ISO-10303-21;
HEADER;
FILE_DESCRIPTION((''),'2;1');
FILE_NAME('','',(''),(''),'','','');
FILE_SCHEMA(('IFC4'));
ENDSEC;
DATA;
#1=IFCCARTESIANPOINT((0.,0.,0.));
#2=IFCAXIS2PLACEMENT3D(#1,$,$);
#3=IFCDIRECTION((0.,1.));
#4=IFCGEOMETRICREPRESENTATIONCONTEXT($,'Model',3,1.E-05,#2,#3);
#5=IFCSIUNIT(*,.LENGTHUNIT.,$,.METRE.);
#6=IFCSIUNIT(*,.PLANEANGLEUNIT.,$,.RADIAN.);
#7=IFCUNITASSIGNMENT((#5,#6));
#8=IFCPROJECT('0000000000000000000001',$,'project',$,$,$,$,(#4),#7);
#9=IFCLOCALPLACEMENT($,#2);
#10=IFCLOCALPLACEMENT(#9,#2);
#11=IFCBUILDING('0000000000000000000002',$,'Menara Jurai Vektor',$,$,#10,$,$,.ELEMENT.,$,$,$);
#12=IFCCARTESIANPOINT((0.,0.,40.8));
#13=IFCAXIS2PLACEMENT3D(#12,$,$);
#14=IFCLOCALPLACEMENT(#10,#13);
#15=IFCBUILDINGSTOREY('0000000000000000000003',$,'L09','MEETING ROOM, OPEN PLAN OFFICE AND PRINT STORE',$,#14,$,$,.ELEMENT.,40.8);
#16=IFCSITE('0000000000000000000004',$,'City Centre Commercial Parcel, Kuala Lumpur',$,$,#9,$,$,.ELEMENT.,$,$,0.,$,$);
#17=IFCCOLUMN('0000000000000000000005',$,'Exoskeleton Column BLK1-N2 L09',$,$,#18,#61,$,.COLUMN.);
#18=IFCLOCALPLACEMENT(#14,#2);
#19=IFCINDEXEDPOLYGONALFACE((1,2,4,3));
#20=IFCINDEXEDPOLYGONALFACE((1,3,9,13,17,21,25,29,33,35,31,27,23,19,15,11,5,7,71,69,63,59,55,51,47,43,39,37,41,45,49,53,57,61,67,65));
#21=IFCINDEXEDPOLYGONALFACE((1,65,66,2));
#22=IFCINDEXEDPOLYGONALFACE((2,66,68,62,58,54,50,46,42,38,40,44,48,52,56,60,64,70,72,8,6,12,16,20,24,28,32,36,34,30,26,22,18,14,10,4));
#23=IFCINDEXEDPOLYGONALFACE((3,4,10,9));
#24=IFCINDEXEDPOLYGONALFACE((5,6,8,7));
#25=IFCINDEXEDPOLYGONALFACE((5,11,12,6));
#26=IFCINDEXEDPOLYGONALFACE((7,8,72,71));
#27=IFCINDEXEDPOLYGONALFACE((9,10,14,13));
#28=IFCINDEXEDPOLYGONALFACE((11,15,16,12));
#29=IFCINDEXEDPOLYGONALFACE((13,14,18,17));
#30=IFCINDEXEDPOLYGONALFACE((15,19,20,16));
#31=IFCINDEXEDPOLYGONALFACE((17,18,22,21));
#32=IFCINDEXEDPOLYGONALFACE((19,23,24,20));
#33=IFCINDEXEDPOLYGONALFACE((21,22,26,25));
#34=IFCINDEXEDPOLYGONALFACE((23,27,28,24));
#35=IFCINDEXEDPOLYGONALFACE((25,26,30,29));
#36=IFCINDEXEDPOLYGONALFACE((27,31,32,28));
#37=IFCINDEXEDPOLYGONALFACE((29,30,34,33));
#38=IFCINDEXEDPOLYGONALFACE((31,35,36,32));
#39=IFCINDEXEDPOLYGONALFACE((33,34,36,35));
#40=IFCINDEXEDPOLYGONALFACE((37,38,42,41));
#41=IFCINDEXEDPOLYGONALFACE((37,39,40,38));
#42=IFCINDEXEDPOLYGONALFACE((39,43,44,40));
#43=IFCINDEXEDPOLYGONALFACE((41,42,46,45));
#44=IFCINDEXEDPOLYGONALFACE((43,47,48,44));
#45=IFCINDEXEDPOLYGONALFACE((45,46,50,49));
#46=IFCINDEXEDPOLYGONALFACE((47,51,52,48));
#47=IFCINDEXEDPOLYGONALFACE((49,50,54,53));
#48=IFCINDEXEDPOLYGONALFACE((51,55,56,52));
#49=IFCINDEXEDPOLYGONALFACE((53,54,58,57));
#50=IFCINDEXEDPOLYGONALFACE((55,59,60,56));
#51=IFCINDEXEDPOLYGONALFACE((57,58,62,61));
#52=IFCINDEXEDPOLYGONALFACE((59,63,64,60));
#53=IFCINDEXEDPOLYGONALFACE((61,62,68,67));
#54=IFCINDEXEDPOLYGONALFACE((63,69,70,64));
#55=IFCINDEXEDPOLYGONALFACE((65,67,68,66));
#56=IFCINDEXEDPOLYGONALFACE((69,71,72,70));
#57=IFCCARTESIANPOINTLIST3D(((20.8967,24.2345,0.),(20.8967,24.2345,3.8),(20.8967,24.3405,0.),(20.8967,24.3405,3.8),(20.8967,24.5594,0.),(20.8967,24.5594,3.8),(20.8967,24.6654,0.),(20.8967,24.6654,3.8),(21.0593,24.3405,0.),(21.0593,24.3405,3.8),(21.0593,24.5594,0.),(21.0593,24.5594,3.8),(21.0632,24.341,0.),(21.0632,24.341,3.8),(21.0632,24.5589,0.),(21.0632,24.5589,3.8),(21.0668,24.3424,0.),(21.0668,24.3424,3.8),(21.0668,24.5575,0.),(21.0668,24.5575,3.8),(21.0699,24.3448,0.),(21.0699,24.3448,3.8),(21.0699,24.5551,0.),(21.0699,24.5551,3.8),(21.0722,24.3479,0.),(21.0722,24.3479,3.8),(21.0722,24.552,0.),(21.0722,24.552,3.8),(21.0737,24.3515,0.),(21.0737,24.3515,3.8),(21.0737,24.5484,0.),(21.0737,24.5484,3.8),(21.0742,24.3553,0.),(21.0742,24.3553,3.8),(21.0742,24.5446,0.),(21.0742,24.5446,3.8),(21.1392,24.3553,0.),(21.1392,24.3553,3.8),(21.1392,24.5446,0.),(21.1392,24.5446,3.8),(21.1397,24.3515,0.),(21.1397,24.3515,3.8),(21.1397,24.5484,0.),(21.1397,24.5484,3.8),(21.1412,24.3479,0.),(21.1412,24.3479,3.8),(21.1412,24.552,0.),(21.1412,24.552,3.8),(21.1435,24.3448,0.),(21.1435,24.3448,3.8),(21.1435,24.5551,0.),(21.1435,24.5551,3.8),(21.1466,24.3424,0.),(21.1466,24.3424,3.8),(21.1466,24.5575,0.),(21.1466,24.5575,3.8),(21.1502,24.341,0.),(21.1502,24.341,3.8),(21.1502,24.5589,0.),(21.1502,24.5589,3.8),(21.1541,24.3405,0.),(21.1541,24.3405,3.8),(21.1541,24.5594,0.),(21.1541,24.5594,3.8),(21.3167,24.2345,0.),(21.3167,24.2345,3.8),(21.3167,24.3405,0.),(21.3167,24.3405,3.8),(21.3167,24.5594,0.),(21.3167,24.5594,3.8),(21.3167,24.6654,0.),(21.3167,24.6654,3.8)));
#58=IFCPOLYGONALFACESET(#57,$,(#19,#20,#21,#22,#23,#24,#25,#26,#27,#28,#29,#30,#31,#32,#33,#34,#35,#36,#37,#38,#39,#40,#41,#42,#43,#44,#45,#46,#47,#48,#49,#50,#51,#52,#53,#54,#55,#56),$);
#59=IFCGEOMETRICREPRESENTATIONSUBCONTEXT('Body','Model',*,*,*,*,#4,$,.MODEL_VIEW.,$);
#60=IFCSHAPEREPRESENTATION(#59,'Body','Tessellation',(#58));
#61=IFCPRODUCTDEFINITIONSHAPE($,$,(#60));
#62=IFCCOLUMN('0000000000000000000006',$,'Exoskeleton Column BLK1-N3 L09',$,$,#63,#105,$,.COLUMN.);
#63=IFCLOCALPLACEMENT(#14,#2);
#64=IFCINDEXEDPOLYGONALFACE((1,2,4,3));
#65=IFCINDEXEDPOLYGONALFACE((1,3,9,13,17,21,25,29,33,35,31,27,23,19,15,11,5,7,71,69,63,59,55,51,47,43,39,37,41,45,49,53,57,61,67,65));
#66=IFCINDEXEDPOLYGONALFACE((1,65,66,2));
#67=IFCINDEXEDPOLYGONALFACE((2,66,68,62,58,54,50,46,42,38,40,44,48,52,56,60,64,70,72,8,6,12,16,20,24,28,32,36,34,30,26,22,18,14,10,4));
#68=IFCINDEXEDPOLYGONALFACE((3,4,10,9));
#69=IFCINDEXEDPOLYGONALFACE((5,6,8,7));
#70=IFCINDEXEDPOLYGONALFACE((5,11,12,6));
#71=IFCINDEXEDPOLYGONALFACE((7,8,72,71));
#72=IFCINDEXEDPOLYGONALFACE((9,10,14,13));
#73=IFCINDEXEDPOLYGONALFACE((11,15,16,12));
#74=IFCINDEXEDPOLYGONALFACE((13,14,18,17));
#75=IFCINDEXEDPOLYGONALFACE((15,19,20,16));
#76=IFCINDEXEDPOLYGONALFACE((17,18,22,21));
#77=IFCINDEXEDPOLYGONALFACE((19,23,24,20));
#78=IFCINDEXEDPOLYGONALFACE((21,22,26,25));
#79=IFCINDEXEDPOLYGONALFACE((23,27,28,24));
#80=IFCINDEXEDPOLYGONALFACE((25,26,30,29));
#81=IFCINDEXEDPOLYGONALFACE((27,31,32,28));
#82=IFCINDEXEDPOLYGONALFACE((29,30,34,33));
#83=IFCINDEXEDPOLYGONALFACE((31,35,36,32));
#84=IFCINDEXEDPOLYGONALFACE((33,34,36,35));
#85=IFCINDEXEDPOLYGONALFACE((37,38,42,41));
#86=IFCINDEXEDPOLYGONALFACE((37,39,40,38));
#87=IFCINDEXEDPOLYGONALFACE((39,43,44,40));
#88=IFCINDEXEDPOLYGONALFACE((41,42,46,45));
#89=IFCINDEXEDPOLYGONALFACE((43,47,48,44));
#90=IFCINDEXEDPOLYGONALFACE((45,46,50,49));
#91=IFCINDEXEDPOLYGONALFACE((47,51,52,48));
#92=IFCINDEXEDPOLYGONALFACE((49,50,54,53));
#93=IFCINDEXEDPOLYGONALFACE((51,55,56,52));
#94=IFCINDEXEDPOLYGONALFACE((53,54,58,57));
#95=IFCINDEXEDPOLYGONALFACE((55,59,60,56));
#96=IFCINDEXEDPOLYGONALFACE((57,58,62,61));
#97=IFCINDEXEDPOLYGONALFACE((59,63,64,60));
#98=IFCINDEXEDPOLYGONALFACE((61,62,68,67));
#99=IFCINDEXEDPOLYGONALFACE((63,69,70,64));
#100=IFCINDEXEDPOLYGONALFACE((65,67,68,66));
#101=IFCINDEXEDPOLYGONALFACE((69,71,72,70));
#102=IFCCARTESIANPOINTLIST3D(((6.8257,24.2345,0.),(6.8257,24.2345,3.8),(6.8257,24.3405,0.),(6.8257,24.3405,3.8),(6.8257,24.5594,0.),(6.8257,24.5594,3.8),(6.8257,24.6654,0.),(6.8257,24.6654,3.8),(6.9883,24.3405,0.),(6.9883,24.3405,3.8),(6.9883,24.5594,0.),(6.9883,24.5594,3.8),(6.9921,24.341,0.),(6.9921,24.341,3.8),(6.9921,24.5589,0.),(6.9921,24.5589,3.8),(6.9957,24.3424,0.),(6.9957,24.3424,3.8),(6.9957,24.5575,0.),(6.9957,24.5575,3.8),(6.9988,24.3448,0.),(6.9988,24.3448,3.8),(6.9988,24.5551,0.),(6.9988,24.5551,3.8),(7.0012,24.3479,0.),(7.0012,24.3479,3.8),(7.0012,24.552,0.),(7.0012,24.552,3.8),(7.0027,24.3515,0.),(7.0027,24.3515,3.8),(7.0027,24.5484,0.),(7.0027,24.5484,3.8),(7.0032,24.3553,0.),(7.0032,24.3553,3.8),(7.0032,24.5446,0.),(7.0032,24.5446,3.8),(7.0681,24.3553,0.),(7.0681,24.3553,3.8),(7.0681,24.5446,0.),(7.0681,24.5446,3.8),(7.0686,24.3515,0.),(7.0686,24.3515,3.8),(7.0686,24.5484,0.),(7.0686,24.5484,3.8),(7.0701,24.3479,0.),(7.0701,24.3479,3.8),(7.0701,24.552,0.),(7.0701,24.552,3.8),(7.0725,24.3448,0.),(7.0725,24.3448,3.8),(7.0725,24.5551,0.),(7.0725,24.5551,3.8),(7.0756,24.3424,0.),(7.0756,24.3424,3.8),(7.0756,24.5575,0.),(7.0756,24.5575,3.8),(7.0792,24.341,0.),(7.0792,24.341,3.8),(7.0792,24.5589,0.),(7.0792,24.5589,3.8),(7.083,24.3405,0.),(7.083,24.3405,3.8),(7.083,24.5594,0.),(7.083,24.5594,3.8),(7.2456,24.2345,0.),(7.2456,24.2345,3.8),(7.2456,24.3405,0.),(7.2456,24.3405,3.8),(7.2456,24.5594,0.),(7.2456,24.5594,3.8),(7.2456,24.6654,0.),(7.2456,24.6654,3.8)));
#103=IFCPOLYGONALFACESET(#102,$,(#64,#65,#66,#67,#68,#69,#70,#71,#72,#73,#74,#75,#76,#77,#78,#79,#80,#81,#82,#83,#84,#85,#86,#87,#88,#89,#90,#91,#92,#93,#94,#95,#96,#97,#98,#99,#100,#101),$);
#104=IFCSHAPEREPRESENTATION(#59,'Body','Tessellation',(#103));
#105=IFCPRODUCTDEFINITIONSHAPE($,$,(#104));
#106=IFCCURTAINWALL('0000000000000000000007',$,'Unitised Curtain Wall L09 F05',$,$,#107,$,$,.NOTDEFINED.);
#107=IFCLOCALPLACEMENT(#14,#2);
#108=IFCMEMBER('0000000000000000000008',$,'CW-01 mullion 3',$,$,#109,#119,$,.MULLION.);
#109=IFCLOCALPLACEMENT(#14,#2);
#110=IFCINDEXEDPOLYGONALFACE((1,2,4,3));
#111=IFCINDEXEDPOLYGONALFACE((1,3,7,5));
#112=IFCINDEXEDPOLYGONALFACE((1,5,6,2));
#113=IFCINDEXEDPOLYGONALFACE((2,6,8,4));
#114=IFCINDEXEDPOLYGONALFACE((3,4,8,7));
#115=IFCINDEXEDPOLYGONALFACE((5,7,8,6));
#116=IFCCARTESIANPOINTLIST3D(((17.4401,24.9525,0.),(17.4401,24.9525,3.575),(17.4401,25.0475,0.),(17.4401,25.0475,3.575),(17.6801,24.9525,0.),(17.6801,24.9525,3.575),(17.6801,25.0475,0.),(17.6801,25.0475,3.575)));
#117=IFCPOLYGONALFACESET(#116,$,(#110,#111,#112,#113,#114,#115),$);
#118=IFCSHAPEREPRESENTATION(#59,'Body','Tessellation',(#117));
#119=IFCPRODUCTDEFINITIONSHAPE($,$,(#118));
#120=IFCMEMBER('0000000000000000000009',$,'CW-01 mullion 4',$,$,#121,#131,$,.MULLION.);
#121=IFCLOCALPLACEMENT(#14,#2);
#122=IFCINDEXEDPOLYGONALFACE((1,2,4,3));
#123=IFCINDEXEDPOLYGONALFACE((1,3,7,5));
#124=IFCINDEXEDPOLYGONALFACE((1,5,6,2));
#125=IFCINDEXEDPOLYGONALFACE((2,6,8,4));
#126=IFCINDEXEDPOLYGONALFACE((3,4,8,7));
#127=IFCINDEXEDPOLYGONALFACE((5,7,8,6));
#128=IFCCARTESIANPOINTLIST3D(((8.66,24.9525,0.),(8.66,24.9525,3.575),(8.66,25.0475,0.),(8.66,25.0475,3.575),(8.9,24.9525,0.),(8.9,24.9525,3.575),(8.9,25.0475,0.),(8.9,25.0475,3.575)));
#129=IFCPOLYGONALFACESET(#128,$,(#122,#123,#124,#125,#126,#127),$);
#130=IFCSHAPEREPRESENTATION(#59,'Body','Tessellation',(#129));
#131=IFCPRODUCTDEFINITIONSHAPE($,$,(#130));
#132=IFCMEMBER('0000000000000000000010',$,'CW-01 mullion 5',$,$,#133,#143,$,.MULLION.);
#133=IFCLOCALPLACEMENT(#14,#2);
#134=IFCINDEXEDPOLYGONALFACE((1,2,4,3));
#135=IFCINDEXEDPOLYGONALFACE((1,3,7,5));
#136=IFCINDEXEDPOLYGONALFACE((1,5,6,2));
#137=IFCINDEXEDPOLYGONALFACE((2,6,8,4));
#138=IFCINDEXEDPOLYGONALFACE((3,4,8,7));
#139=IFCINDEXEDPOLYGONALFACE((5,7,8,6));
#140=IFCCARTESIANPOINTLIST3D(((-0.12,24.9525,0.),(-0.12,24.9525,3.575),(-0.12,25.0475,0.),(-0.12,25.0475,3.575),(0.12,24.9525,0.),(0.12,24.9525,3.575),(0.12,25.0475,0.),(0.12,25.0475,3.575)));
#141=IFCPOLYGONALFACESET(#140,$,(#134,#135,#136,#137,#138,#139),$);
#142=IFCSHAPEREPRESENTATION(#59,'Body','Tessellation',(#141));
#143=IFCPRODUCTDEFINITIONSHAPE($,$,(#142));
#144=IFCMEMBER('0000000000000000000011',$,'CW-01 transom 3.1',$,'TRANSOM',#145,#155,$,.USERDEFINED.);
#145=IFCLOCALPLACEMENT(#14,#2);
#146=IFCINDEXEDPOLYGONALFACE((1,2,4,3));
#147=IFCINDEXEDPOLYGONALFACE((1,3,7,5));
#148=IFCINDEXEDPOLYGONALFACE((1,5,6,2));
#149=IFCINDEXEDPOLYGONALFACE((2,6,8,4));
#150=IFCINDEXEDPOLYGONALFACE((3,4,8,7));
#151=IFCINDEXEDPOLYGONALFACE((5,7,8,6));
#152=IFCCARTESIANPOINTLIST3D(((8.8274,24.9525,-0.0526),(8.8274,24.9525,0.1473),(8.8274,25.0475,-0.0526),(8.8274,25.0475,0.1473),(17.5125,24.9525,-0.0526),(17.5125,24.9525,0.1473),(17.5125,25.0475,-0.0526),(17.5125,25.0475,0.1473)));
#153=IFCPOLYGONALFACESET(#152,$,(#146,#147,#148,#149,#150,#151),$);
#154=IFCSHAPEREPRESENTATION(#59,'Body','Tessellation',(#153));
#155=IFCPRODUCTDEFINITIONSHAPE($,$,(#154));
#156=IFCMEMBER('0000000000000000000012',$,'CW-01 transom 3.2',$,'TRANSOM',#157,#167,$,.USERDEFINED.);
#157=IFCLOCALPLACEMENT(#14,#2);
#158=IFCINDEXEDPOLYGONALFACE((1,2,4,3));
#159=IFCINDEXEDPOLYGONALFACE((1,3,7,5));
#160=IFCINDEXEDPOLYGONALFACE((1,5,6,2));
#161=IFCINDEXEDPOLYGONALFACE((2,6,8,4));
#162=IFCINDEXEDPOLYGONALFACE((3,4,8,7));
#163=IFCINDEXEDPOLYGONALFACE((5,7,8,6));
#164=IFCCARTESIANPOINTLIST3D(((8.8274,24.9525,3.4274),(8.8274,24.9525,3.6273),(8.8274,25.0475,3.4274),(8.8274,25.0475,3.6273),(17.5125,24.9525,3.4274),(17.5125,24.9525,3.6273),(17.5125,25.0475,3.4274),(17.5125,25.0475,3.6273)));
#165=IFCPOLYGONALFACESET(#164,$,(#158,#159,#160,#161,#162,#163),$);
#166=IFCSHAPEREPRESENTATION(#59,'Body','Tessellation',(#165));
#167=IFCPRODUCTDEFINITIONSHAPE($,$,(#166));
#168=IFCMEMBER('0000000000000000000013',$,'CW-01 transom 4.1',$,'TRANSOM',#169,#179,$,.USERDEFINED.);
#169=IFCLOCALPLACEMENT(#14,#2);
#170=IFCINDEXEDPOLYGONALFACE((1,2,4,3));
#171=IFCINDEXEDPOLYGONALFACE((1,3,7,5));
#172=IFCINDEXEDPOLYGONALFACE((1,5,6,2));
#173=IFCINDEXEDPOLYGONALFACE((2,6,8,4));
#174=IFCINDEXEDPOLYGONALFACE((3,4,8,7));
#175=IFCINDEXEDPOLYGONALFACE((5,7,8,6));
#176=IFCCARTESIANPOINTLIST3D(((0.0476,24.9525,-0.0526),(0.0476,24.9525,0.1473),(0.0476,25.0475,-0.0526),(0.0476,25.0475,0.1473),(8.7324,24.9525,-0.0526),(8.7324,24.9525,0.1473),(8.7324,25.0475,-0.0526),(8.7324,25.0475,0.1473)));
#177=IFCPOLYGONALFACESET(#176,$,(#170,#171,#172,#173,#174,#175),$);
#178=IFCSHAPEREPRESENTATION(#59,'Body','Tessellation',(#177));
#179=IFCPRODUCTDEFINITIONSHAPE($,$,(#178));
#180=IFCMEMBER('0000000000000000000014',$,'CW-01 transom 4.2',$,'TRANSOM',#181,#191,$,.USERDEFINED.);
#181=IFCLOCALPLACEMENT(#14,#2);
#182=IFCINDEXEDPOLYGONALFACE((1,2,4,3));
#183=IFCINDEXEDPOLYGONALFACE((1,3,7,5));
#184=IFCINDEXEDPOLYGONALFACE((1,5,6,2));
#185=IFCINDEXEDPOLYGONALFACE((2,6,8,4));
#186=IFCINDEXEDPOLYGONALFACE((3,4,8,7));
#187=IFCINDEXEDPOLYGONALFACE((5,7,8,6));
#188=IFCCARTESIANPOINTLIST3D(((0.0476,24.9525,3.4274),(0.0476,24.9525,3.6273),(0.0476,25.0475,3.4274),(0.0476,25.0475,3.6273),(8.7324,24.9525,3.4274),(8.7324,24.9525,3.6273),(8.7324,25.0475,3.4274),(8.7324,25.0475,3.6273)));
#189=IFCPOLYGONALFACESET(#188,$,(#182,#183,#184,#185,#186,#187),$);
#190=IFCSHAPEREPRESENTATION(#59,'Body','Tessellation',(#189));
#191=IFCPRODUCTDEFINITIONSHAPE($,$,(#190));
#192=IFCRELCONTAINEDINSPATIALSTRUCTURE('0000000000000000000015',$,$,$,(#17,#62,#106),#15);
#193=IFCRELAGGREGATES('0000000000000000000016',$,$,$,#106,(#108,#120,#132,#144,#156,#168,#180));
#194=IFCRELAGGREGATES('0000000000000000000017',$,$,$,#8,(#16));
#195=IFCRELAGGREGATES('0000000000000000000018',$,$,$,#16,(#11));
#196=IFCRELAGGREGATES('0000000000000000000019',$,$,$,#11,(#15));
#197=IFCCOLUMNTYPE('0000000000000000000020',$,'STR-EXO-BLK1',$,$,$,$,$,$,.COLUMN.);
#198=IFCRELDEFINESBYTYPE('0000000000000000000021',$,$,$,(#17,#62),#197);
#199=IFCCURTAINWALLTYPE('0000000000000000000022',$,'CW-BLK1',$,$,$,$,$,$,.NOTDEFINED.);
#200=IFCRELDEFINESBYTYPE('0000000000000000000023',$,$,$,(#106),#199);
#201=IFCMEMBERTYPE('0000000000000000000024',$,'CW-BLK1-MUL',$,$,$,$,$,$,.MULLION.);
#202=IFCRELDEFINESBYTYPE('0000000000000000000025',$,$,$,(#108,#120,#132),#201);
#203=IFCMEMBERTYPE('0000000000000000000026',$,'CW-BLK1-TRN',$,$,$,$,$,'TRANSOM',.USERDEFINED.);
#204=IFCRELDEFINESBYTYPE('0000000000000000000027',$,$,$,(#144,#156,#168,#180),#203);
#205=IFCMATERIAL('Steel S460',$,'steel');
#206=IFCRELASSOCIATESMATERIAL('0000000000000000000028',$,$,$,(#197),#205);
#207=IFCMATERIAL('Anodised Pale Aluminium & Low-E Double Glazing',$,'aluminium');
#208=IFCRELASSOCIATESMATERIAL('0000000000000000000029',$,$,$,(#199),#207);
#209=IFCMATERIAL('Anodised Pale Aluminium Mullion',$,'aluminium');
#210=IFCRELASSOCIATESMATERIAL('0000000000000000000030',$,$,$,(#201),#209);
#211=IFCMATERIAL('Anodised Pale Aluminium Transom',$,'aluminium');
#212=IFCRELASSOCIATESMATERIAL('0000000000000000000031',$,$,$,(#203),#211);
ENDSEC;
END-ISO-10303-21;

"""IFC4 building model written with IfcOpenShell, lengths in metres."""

from ifc_helpers import new_model, si_unit, direction, frame, origin, origin_2d, place, context, subcontext, project, spatial, rectangle, i_section, extrude, material, material_profile, profile_set, type_object, element, aggregate, save


model = new_model("IFC4")

# Units and contexts
model_context = context("Model", 3, precision=1e-05, world=origin(), true_north=direction((0.0, 1.0)))
body_context = subcontext(model_context, "Body", "Model", "MODEL_VIEW")
ifc_project = project(units=[si_unit("LENGTHUNIT", "METRE"), si_unit("PLANEANGLEUNIT", "RADIAN")], contexts=[model_context])

# Site, building, storey
site_placement = place(None, origin())
site = spatial("IfcSite", under=ifc_project, at=site_placement, Name="City Centre Commercial Parcel, Kuala Lumpur", CompositionType="ELEMENT", RefElevation=0.0)
building_placement = place(site_placement, origin())
building = spatial("IfcBuilding", under=site, at=building_placement, Name="Menara Jurai Vektor", CompositionType="ELEMENT")
storey_placement = place(building_placement, frame((0.0, 0.0, 40.8)))
storey = spatial("IfcBuildingStorey", under=building, at=storey_placement, Name="L09", Description="MEETING ROOM, OPEN PLAN OFFICE AND PRINT STORE", CompositionType="ELEMENT", Elevation=40.8)

# Columns
ifc_material_1 = material(Name="Steel S460", Category="steel")
ifc_material_profile_1 = material_profile(ifc_material_1, i_section(OverallWidth=0.4199, OverallDepth=0.4309, WebThickness=0.0649, FlangeThickness=0.106, FilletRadius=0.0149, at=origin_2d()), Name="HD 400x900")
ifc_profile_set_1 = profile_set([ifc_material_profile_1], Name="Steel S460")
column_type = type_object("IfcColumnType", Name="STR-EXO-BLK1", PredefinedType="COLUMN", material=ifc_profile_set_1)
for number, where, z_axis, x_axis, name in (
    (1, (21.1067, 24.45, 0.0), (0.0, 0.0, 1.0), (1.0, 0.0, 0.0), "Exoskeleton Column BLK1-N2 L09"),
    (2, (7.0356, 24.45, 0.0), (0.0, 0.0, 1.0), (1.0, 0.0, 0.0), "Exoskeleton Column BLK1-N3 L09"),
):
    element("IfcColumn", number, at=place(storey_placement, frame(where, z_axis=z_axis, x_axis=x_axis)), inside=storey, type_object=column_type, Name=name, PredefinedType="COLUMN", context=body_context, shape_type="SweptSolid", body=[
        extrude(i_section(OverallWidth=0.4199, OverallDepth=0.4309, WebThickness=0.0649, FlangeThickness=0.106, FilletRadius=0.0149, at=origin_2d()), origin(), (0.0, 0.0, 1.0), 3.8),
    ])

# Curtain wall, members
ifc_material_2 = material(Name="Anodised Pale Aluminium & Low-E Double Glazing", Category="aluminium")
curtain_wall_type = type_object("IfcCurtainWallType", Name="CW-BLK1", PredefinedType="NOTDEFINED", material=ifc_material_2)
curtain_wall_placement = place(storey_placement, origin())
curtain_wall = element("IfcCurtainWall", 3, at=curtain_wall_placement, inside=storey, type_object=curtain_wall_type, Name="Unitised Curtain Wall L09 F05", PredefinedType="NOTDEFINED")
ifc_material_3 = material(Name="Anodised Pale Aluminium Mullion", Category="aluminium")
ifc_material_profile_2 = material_profile(ifc_material_3, rectangle(XDim=0.095, YDim=0.24, at=origin_2d()), Name="ALU MUL 95x240")
ifc_profile_set_2 = profile_set([ifc_material_profile_2], Name="Anodised Pale Aluminium Mullion")
member_type_1 = type_object("IfcMemberType", Name="CW-BLK1-MUL", PredefinedType="MULLION", material=ifc_profile_set_2)
member_1_placement = place(storey_placement, frame((17.5601, 25.0, 0.0), z_axis=(0.0, 0.0, 1.0), x_axis=(0.0, -1.0, 0.0)))
member_1 = element("IfcMember", 4, at=member_1_placement, type_object=member_type_1, Name="CW-01 mullion 3", PredefinedType="MULLION", context=body_context, shape_type="SweptSolid", body=[
    extrude(rectangle(XDim=0.095, YDim=0.24, at=origin_2d()), origin(), (0.0, 0.0, 1.0), 3.575),
])
member_2_placement = place(storey_placement, frame((8.78, 25.0, 0.0), z_axis=(0.0, 0.0, 1.0), x_axis=(0.0, -1.0, 0.0)))
member_2 = element("IfcMember", 5, at=member_2_placement, type_object=member_type_1, Name="CW-01 mullion 4", PredefinedType="MULLION", context=body_context, shape_type="SweptSolid", body=[
    extrude(rectangle(XDim=0.095, YDim=0.24, at=origin_2d()), origin(), (0.0, 0.0, 1.0), 3.575),
])
member_3_placement = place(storey_placement, frame((0.0, 25.0, 0.0), z_axis=(0.0, 0.0, 1.0), x_axis=(0.0, -1.0, 0.0)))
member_3 = element("IfcMember", 6, at=member_3_placement, type_object=member_type_1, Name="CW-01 mullion 5", PredefinedType="MULLION", context=body_context, shape_type="SweptSolid", body=[
    extrude(rectangle(XDim=0.095, YDim=0.24, at=origin_2d()), origin(), (0.0, 0.0, 1.0), 3.575),
])
ifc_material_4 = material(Name="Anodised Pale Aluminium Transom", Category="aluminium")
ifc_material_profile_3 = material_profile(ifc_material_4, rectangle(XDim=0.095, YDim=0.2, at=origin_2d()), Name="ALU TRN 95x200")
ifc_profile_set_3 = profile_set([ifc_material_profile_3], Name="Anodised Pale Aluminium Transom")
member_type_2 = type_object("IfcMemberType", Name="CW-BLK1-TRN", ElementType="TRANSOM", PredefinedType="USERDEFINED", material=ifc_profile_set_3)
member_4_placement = place(storey_placement, frame((17.5125, 25.0, 0.0474), z_axis=(-1.0, 0.0, 0.0), x_axis=(0.0, -1.0, 0.0)))
member_4 = element("IfcMember", 7, at=member_4_placement, type_object=member_type_2, Name="CW-01 transom 3.1", ObjectType="TRANSOM", PredefinedType="USERDEFINED", context=body_context, shape_type="SweptSolid", body=[
    extrude(rectangle(XDim=0.095, YDim=0.2, at=origin_2d()), origin(), (0.0, 0.0, 1.0), 8.6851),
])
member_5_placement = place(storey_placement, frame((17.5125, 25.0, 3.5273), z_axis=(-1.0, 0.0, 0.0), x_axis=(0.0, -1.0, 0.0)))
member_5 = element("IfcMember", 8, at=member_5_placement, type_object=member_type_2, Name="CW-01 transom 3.2", ObjectType="TRANSOM", PredefinedType="USERDEFINED", context=body_context, shape_type="SweptSolid", body=[
    extrude(rectangle(XDim=0.095, YDim=0.2, at=origin_2d()), origin(), (0.0, 0.0, 1.0), 8.6851),
])
member_6_placement = place(storey_placement, frame((8.7324, 25.0, 0.0474), z_axis=(-1.0, 0.0, 0.0), x_axis=(0.0, -1.0, 0.0)))
member_6 = element("IfcMember", 9, at=member_6_placement, type_object=member_type_2, Name="CW-01 transom 4.1", ObjectType="TRANSOM", PredefinedType="USERDEFINED", context=body_context, shape_type="SweptSolid", body=[
    extrude(rectangle(XDim=0.095, YDim=0.2, at=origin_2d()), origin(), (0.0, 0.0, 1.0), 8.6848),
])
member_7_placement = place(storey_placement, frame((8.7324, 25.0, 3.5273), z_axis=(-1.0, 0.0, 0.0), x_axis=(0.0, -1.0, 0.0)))
member_7 = element("IfcMember", 10, at=member_7_placement, type_object=member_type_2, Name="CW-01 transom 4.2", ObjectType="TRANSOM", PredefinedType="USERDEFINED", context=body_context, shape_type="SweptSolid", body=[
    extrude(rectangle(XDim=0.095, YDim=0.2, at=origin_2d()), origin(), (0.0, 0.0, 1.0), 8.6848),
])

aggregate(curtain_wall, [member_1, member_2, member_3, member_4, member_5, member_6, member_7])

save(model, "model.ifc")
